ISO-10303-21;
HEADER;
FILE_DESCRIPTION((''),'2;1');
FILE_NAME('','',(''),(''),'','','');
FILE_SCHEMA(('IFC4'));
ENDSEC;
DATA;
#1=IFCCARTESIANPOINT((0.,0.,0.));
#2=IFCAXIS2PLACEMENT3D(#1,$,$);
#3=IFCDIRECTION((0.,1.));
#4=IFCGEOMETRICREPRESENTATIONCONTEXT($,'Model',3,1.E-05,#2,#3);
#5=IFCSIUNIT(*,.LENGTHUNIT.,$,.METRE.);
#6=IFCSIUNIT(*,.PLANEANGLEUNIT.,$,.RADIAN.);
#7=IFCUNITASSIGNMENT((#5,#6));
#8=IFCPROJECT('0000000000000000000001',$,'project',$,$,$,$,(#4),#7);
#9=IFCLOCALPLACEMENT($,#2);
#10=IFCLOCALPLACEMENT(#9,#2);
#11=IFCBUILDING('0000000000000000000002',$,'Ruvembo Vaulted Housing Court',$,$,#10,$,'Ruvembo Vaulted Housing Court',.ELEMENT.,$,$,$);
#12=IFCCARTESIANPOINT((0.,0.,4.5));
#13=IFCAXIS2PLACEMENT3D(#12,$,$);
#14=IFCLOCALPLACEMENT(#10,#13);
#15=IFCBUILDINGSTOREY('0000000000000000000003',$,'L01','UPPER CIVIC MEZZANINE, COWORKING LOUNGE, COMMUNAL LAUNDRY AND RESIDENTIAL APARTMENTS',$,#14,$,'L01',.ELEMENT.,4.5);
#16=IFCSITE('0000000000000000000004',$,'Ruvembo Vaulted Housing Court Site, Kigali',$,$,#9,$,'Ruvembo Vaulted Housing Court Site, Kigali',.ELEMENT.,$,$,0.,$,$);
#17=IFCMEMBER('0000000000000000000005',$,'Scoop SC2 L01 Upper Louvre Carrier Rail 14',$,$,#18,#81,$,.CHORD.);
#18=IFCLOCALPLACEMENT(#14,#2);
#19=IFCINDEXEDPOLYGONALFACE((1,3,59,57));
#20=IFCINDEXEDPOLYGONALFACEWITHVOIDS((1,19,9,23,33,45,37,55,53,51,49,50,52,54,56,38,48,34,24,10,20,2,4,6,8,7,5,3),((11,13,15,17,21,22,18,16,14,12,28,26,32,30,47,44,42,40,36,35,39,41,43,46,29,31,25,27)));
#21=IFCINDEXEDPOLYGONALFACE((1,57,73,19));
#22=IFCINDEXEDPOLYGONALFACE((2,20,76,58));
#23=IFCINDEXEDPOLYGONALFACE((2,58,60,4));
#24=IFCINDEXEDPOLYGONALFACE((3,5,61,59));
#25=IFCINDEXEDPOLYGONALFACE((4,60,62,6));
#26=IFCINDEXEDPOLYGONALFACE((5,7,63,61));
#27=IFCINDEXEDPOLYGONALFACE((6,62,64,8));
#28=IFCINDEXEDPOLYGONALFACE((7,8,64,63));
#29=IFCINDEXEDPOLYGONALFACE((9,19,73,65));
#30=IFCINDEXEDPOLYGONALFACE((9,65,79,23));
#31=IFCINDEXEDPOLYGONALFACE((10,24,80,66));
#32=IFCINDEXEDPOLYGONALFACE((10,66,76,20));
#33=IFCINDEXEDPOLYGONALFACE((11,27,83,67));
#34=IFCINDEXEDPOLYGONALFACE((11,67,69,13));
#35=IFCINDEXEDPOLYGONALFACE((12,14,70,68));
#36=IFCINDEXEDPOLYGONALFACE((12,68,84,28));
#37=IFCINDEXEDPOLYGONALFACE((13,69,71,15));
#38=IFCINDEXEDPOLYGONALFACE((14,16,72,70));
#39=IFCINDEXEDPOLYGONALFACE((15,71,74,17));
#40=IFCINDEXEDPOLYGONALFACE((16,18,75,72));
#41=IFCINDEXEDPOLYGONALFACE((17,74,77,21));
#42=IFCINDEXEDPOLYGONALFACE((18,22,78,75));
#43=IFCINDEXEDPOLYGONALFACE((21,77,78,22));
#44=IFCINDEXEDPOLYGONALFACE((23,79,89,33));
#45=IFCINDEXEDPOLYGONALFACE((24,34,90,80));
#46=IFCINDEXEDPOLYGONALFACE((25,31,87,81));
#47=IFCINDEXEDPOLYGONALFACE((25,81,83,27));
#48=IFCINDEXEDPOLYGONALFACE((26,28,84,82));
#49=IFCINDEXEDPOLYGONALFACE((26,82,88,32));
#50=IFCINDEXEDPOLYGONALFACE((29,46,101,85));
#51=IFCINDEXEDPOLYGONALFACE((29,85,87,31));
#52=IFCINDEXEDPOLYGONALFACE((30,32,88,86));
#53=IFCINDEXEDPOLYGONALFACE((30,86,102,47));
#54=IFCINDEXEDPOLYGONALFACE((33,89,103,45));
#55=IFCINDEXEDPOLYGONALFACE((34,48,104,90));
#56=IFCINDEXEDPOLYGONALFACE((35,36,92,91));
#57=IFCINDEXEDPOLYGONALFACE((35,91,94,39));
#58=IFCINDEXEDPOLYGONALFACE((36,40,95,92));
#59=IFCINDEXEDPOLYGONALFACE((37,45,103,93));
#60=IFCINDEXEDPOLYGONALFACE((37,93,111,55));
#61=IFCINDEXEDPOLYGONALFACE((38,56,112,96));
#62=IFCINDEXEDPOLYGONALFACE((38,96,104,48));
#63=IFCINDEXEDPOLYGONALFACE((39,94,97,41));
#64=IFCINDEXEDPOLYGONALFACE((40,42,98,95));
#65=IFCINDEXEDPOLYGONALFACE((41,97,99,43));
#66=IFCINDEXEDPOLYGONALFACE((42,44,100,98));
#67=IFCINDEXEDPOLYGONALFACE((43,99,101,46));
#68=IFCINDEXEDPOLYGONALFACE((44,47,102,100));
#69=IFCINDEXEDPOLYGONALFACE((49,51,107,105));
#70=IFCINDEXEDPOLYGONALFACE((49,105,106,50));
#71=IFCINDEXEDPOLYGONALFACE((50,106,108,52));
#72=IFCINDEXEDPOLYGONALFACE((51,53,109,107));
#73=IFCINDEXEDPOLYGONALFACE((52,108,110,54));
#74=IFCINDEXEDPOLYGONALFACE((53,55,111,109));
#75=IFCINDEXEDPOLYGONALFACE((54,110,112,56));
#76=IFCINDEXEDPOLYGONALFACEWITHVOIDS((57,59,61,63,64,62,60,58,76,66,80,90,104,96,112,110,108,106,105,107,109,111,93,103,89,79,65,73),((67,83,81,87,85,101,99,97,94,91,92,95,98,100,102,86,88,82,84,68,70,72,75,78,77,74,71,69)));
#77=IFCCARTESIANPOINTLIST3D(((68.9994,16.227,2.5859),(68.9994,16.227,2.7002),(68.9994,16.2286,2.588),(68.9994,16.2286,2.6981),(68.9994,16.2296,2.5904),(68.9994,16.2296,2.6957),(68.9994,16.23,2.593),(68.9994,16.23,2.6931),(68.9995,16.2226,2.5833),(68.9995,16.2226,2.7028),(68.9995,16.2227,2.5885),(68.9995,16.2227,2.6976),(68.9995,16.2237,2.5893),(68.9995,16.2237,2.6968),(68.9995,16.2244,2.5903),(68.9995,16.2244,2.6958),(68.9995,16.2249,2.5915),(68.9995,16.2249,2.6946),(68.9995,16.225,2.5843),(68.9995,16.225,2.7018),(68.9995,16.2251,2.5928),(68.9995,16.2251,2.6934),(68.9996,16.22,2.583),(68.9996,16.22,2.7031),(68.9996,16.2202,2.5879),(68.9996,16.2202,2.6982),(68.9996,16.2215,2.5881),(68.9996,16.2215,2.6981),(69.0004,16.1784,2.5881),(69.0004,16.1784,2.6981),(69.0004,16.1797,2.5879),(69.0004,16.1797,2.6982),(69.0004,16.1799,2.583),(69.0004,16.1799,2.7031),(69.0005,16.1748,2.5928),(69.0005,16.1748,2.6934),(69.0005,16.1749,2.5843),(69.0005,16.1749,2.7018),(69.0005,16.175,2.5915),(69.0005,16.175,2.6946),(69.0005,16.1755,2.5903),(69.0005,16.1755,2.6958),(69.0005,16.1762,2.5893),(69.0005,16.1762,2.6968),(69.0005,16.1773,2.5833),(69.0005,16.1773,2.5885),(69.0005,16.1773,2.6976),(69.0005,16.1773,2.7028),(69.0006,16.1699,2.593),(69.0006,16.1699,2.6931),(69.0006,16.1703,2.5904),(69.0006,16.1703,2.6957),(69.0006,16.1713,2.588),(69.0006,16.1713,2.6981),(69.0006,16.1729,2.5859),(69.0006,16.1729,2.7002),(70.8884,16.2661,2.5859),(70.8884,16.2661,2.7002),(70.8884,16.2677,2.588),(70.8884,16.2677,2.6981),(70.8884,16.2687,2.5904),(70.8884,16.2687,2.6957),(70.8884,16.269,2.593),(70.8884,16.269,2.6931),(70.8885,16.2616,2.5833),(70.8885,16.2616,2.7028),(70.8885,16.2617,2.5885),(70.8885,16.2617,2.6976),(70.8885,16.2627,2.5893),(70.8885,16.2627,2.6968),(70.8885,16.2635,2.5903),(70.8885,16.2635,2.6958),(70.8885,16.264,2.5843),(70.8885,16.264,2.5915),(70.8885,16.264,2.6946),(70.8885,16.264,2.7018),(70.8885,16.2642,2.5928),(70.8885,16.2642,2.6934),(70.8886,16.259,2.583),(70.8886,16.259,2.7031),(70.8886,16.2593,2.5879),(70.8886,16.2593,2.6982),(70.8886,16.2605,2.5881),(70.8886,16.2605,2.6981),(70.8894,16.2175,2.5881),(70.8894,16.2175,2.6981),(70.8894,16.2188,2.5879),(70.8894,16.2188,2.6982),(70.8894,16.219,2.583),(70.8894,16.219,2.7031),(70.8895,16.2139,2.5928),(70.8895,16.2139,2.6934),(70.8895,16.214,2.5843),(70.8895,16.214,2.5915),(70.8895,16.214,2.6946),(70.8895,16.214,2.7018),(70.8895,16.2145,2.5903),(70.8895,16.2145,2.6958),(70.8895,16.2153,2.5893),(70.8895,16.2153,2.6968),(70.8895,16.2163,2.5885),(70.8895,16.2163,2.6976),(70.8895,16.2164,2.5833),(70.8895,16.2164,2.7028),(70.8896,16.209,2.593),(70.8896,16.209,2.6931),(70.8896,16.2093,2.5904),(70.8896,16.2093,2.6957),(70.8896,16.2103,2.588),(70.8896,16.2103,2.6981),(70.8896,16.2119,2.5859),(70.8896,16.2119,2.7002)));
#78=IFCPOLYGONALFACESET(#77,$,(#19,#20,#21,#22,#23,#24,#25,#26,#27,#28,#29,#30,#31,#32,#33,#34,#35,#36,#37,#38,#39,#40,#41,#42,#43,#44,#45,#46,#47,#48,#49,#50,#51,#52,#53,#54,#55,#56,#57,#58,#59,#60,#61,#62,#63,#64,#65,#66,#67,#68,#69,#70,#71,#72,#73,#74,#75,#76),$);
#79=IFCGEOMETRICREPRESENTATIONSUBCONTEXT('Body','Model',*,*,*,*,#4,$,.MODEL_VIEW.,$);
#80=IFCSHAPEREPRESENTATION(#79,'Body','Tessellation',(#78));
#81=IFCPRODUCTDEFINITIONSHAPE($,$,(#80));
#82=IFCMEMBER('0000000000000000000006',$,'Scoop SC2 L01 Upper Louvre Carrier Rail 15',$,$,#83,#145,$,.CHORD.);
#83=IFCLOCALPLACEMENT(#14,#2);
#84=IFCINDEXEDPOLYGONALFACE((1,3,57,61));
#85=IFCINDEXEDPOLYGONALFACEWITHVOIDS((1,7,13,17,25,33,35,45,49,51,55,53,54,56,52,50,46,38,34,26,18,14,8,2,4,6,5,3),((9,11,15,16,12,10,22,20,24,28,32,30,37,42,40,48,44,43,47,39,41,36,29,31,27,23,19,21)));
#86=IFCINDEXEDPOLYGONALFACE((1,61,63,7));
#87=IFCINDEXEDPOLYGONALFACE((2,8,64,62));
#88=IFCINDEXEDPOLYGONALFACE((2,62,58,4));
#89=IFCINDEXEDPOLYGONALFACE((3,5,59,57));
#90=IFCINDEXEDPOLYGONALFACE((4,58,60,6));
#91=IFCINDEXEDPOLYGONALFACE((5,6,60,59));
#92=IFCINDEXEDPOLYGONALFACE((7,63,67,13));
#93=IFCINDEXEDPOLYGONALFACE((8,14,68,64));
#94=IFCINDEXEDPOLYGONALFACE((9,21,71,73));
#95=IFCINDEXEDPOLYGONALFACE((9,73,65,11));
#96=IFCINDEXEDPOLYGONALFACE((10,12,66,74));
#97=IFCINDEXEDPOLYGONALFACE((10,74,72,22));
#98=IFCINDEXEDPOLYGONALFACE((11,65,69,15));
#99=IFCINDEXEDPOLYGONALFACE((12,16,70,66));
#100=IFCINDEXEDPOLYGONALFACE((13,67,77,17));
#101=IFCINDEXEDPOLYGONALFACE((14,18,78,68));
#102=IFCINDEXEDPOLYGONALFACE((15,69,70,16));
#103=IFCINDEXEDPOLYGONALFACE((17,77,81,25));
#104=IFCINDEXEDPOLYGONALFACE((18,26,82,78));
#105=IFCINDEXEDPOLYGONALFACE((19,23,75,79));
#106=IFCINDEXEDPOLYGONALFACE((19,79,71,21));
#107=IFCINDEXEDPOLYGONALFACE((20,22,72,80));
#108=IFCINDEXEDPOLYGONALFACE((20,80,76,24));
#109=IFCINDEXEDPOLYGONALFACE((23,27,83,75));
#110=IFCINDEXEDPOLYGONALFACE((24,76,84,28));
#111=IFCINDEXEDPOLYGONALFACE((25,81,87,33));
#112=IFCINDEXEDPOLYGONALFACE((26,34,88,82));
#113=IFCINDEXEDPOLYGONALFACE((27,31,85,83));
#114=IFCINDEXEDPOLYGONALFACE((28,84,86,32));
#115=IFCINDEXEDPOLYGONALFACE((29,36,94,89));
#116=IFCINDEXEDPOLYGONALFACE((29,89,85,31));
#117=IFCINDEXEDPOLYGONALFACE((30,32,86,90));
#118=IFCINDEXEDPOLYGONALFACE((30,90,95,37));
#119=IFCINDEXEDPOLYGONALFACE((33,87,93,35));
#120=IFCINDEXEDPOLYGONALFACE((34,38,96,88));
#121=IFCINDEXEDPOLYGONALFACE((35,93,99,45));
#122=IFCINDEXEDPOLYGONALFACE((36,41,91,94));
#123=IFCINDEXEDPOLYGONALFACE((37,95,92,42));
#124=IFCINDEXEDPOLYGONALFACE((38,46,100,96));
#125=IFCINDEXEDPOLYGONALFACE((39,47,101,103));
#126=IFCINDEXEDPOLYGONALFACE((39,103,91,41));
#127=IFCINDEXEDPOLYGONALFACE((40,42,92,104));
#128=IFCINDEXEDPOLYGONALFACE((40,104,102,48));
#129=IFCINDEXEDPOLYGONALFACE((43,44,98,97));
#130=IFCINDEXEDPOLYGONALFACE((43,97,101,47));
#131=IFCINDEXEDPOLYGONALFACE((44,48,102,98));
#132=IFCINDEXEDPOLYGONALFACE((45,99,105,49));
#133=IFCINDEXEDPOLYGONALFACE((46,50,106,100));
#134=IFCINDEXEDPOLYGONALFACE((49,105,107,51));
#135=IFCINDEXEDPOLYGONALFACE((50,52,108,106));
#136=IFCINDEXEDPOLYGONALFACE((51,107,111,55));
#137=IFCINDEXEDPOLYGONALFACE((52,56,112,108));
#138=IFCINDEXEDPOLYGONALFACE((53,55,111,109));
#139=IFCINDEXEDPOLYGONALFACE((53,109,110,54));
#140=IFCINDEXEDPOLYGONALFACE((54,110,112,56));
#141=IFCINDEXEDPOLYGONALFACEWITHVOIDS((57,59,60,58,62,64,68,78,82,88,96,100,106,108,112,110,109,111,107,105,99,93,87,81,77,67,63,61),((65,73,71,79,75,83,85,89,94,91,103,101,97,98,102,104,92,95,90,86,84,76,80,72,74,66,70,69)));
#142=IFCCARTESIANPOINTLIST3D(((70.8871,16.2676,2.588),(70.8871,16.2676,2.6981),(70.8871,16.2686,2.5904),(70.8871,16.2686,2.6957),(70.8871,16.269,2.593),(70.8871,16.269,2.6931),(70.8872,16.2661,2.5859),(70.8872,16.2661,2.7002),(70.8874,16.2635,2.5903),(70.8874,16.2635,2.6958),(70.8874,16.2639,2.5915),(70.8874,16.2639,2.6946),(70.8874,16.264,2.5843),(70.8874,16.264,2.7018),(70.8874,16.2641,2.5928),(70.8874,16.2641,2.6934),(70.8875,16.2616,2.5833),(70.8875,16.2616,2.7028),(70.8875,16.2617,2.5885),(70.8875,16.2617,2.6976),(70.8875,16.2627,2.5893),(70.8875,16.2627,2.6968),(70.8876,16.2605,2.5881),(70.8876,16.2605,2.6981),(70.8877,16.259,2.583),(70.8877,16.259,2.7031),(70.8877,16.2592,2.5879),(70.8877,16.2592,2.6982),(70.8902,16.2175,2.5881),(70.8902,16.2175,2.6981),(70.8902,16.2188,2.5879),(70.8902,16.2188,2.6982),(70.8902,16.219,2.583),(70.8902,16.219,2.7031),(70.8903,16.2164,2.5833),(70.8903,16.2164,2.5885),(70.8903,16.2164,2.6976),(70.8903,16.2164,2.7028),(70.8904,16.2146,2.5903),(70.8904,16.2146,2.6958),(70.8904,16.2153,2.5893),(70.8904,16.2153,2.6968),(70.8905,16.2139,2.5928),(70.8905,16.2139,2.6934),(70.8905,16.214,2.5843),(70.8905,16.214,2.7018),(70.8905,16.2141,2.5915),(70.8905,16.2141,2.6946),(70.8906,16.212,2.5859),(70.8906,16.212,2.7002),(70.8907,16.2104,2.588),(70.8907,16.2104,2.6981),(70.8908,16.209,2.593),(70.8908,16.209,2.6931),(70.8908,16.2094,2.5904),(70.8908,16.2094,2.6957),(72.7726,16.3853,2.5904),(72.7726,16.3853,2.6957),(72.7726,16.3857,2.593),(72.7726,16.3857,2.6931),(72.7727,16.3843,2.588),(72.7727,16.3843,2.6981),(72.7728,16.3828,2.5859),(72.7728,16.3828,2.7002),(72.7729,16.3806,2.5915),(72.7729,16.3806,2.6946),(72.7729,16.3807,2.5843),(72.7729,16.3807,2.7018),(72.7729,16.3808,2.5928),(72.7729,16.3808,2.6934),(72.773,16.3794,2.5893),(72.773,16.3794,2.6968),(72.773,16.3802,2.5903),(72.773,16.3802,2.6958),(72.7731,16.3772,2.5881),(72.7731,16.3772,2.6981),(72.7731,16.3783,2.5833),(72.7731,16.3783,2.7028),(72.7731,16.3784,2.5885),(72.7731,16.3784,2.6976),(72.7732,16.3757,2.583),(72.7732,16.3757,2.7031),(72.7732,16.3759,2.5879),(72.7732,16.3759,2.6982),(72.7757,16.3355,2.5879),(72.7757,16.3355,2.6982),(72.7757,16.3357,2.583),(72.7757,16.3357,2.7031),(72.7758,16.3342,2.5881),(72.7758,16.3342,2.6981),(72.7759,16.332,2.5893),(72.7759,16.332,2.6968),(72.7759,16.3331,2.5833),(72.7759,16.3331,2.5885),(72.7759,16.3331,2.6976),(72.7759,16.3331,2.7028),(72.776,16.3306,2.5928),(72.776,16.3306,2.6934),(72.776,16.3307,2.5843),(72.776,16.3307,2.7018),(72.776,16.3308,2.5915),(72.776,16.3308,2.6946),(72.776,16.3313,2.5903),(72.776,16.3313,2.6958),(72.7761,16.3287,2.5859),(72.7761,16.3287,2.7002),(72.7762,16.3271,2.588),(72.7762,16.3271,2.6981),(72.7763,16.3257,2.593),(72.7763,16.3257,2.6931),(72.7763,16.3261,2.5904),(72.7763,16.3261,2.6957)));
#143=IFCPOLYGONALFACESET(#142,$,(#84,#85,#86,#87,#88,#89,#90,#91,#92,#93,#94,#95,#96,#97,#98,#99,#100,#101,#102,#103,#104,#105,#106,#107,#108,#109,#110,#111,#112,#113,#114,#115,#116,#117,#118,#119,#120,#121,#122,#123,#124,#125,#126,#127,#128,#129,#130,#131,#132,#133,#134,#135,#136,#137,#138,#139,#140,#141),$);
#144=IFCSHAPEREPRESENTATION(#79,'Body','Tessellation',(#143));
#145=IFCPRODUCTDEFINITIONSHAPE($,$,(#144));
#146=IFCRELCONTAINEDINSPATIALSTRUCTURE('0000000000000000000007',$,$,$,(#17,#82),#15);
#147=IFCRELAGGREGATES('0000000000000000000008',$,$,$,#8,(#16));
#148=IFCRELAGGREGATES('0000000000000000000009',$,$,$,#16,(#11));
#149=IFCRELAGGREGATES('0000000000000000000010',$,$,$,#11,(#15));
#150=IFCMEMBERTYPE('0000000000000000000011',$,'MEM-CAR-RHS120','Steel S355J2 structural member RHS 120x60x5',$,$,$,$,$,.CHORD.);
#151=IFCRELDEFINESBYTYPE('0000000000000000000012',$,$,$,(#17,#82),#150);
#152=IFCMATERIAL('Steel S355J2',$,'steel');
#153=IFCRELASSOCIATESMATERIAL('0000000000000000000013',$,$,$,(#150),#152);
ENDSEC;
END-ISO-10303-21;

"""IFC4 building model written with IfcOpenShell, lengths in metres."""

from ifc_helpers import new_model, si_unit, direction, frame, origin, origin_2d, place, context, subcontext, project, spatial, hollow_rectangle, extrude, material, material_profile, profile_set, type_object, element, save


model = new_model("IFC4")

# Units and contexts
model_context = context("Model", 3, precision=1e-05, world=origin(), true_north=direction((0.0, 1.0)))
body_context = subcontext(model_context, "Body", "Model", "MODEL_VIEW")
ifc_project = project(units=[si_unit("LENGTHUNIT", "METRE"), si_unit("PLANEANGLEUNIT", "RADIAN")], contexts=[model_context])

# Site, building, storey
site_placement = place(None, origin())
site = spatial("IfcSite", under=ifc_project, at=site_placement, Name="Ruvembo Vaulted Housing Court Site, Kigali", LongName="Ruvembo Vaulted Housing Court Site, Kigali", CompositionType="ELEMENT", RefElevation=0.0)
building_placement = place(site_placement, origin())
building = spatial("IfcBuilding", under=site, at=building_placement, Name="Ruvembo Vaulted Housing Court", LongName="Ruvembo Vaulted Housing Court", CompositionType="ELEMENT")
storey_placement = place(building_placement, frame((0.0, 0.0, 4.5)))
storey = spatial("IfcBuildingStorey", under=building, at=storey_placement, Name="L01", Description="UPPER CIVIC MEZZANINE, COWORKING LOUNGE, COMMUNAL LAUNDRY AND RESIDENTIAL APARTMENTS", LongName="L01", CompositionType="ELEMENT", Elevation=4.5)

# Shared definitions
ifc_material_1 = material(Name="Steel S355J2", Category="steel")

# Members
ifc_material_profile_1 = material_profile(ifc_material_1, hollow_rectangle(XDim=0.0601, YDim=0.1201, WallThickness=0.0049, InnerFilletRadius=0.0049, OuterFilletRadius=0.01, at=origin_2d()), Name="RHS 120x60x5")
ifc_profile_set_1 = profile_set([ifc_material_profile_1], Name="Steel S355J2")
member_type_1 = type_object("IfcMemberType", Name="MEM-CAR-RHS120", Description="Steel S355J2 structural member RHS 120x60x5", PredefinedType="CHORD", material=ifc_profile_set_1)
for number, where, z_axis, x_axis, name in (
    (1, (69.0, 16.2, 2.6431), (0.999786, 0.020675, 0.0), (-0.020675, 0.999786, 0.0), "Scoop SC2 L01 Upper Louvre Carrier Rail 14"),
):
    element("IfcMember", number, at=place(storey_placement, frame(where, z_axis=z_axis, x_axis=x_axis)), inside=storey, type_object=member_type_1, Name=name, PredefinedType="CHORD", context=body_context, shape_type="SweptSolid", body=[
        extrude(hollow_rectangle(XDim=0.0601, YDim=0.1201, WallThickness=0.0049, InnerFilletRadius=0.0049, OuterFilletRadius=0.01, at=origin_2d()), origin(), (0.0, 0.0, 1.0), 1.8894),
    ])
member_1_placement = place(storey_placement, frame((70.8889, 16.239, 2.6431), z_axis=(0.99809, 0.061775, 0.0), x_axis=(-0.061775, 0.99809, 0.0)))
element("IfcMember", 2, at=member_1_placement, inside=storey, type_object=member_type_1, Name="Scoop SC2 L01 Upper Louvre Carrier Rail 15", PredefinedType="CHORD", context=body_context, shape_type="SweptSolid", body=[
    extrude(hollow_rectangle(XDim=0.0601, YDim=0.1201, WallThickness=0.0049, InnerFilletRadius=0.0049, OuterFilletRadius=0.01, at=origin_2d()), origin(), (0.0, 0.0, 1.0), 1.8892),
])

save(model, "model.ifc")
